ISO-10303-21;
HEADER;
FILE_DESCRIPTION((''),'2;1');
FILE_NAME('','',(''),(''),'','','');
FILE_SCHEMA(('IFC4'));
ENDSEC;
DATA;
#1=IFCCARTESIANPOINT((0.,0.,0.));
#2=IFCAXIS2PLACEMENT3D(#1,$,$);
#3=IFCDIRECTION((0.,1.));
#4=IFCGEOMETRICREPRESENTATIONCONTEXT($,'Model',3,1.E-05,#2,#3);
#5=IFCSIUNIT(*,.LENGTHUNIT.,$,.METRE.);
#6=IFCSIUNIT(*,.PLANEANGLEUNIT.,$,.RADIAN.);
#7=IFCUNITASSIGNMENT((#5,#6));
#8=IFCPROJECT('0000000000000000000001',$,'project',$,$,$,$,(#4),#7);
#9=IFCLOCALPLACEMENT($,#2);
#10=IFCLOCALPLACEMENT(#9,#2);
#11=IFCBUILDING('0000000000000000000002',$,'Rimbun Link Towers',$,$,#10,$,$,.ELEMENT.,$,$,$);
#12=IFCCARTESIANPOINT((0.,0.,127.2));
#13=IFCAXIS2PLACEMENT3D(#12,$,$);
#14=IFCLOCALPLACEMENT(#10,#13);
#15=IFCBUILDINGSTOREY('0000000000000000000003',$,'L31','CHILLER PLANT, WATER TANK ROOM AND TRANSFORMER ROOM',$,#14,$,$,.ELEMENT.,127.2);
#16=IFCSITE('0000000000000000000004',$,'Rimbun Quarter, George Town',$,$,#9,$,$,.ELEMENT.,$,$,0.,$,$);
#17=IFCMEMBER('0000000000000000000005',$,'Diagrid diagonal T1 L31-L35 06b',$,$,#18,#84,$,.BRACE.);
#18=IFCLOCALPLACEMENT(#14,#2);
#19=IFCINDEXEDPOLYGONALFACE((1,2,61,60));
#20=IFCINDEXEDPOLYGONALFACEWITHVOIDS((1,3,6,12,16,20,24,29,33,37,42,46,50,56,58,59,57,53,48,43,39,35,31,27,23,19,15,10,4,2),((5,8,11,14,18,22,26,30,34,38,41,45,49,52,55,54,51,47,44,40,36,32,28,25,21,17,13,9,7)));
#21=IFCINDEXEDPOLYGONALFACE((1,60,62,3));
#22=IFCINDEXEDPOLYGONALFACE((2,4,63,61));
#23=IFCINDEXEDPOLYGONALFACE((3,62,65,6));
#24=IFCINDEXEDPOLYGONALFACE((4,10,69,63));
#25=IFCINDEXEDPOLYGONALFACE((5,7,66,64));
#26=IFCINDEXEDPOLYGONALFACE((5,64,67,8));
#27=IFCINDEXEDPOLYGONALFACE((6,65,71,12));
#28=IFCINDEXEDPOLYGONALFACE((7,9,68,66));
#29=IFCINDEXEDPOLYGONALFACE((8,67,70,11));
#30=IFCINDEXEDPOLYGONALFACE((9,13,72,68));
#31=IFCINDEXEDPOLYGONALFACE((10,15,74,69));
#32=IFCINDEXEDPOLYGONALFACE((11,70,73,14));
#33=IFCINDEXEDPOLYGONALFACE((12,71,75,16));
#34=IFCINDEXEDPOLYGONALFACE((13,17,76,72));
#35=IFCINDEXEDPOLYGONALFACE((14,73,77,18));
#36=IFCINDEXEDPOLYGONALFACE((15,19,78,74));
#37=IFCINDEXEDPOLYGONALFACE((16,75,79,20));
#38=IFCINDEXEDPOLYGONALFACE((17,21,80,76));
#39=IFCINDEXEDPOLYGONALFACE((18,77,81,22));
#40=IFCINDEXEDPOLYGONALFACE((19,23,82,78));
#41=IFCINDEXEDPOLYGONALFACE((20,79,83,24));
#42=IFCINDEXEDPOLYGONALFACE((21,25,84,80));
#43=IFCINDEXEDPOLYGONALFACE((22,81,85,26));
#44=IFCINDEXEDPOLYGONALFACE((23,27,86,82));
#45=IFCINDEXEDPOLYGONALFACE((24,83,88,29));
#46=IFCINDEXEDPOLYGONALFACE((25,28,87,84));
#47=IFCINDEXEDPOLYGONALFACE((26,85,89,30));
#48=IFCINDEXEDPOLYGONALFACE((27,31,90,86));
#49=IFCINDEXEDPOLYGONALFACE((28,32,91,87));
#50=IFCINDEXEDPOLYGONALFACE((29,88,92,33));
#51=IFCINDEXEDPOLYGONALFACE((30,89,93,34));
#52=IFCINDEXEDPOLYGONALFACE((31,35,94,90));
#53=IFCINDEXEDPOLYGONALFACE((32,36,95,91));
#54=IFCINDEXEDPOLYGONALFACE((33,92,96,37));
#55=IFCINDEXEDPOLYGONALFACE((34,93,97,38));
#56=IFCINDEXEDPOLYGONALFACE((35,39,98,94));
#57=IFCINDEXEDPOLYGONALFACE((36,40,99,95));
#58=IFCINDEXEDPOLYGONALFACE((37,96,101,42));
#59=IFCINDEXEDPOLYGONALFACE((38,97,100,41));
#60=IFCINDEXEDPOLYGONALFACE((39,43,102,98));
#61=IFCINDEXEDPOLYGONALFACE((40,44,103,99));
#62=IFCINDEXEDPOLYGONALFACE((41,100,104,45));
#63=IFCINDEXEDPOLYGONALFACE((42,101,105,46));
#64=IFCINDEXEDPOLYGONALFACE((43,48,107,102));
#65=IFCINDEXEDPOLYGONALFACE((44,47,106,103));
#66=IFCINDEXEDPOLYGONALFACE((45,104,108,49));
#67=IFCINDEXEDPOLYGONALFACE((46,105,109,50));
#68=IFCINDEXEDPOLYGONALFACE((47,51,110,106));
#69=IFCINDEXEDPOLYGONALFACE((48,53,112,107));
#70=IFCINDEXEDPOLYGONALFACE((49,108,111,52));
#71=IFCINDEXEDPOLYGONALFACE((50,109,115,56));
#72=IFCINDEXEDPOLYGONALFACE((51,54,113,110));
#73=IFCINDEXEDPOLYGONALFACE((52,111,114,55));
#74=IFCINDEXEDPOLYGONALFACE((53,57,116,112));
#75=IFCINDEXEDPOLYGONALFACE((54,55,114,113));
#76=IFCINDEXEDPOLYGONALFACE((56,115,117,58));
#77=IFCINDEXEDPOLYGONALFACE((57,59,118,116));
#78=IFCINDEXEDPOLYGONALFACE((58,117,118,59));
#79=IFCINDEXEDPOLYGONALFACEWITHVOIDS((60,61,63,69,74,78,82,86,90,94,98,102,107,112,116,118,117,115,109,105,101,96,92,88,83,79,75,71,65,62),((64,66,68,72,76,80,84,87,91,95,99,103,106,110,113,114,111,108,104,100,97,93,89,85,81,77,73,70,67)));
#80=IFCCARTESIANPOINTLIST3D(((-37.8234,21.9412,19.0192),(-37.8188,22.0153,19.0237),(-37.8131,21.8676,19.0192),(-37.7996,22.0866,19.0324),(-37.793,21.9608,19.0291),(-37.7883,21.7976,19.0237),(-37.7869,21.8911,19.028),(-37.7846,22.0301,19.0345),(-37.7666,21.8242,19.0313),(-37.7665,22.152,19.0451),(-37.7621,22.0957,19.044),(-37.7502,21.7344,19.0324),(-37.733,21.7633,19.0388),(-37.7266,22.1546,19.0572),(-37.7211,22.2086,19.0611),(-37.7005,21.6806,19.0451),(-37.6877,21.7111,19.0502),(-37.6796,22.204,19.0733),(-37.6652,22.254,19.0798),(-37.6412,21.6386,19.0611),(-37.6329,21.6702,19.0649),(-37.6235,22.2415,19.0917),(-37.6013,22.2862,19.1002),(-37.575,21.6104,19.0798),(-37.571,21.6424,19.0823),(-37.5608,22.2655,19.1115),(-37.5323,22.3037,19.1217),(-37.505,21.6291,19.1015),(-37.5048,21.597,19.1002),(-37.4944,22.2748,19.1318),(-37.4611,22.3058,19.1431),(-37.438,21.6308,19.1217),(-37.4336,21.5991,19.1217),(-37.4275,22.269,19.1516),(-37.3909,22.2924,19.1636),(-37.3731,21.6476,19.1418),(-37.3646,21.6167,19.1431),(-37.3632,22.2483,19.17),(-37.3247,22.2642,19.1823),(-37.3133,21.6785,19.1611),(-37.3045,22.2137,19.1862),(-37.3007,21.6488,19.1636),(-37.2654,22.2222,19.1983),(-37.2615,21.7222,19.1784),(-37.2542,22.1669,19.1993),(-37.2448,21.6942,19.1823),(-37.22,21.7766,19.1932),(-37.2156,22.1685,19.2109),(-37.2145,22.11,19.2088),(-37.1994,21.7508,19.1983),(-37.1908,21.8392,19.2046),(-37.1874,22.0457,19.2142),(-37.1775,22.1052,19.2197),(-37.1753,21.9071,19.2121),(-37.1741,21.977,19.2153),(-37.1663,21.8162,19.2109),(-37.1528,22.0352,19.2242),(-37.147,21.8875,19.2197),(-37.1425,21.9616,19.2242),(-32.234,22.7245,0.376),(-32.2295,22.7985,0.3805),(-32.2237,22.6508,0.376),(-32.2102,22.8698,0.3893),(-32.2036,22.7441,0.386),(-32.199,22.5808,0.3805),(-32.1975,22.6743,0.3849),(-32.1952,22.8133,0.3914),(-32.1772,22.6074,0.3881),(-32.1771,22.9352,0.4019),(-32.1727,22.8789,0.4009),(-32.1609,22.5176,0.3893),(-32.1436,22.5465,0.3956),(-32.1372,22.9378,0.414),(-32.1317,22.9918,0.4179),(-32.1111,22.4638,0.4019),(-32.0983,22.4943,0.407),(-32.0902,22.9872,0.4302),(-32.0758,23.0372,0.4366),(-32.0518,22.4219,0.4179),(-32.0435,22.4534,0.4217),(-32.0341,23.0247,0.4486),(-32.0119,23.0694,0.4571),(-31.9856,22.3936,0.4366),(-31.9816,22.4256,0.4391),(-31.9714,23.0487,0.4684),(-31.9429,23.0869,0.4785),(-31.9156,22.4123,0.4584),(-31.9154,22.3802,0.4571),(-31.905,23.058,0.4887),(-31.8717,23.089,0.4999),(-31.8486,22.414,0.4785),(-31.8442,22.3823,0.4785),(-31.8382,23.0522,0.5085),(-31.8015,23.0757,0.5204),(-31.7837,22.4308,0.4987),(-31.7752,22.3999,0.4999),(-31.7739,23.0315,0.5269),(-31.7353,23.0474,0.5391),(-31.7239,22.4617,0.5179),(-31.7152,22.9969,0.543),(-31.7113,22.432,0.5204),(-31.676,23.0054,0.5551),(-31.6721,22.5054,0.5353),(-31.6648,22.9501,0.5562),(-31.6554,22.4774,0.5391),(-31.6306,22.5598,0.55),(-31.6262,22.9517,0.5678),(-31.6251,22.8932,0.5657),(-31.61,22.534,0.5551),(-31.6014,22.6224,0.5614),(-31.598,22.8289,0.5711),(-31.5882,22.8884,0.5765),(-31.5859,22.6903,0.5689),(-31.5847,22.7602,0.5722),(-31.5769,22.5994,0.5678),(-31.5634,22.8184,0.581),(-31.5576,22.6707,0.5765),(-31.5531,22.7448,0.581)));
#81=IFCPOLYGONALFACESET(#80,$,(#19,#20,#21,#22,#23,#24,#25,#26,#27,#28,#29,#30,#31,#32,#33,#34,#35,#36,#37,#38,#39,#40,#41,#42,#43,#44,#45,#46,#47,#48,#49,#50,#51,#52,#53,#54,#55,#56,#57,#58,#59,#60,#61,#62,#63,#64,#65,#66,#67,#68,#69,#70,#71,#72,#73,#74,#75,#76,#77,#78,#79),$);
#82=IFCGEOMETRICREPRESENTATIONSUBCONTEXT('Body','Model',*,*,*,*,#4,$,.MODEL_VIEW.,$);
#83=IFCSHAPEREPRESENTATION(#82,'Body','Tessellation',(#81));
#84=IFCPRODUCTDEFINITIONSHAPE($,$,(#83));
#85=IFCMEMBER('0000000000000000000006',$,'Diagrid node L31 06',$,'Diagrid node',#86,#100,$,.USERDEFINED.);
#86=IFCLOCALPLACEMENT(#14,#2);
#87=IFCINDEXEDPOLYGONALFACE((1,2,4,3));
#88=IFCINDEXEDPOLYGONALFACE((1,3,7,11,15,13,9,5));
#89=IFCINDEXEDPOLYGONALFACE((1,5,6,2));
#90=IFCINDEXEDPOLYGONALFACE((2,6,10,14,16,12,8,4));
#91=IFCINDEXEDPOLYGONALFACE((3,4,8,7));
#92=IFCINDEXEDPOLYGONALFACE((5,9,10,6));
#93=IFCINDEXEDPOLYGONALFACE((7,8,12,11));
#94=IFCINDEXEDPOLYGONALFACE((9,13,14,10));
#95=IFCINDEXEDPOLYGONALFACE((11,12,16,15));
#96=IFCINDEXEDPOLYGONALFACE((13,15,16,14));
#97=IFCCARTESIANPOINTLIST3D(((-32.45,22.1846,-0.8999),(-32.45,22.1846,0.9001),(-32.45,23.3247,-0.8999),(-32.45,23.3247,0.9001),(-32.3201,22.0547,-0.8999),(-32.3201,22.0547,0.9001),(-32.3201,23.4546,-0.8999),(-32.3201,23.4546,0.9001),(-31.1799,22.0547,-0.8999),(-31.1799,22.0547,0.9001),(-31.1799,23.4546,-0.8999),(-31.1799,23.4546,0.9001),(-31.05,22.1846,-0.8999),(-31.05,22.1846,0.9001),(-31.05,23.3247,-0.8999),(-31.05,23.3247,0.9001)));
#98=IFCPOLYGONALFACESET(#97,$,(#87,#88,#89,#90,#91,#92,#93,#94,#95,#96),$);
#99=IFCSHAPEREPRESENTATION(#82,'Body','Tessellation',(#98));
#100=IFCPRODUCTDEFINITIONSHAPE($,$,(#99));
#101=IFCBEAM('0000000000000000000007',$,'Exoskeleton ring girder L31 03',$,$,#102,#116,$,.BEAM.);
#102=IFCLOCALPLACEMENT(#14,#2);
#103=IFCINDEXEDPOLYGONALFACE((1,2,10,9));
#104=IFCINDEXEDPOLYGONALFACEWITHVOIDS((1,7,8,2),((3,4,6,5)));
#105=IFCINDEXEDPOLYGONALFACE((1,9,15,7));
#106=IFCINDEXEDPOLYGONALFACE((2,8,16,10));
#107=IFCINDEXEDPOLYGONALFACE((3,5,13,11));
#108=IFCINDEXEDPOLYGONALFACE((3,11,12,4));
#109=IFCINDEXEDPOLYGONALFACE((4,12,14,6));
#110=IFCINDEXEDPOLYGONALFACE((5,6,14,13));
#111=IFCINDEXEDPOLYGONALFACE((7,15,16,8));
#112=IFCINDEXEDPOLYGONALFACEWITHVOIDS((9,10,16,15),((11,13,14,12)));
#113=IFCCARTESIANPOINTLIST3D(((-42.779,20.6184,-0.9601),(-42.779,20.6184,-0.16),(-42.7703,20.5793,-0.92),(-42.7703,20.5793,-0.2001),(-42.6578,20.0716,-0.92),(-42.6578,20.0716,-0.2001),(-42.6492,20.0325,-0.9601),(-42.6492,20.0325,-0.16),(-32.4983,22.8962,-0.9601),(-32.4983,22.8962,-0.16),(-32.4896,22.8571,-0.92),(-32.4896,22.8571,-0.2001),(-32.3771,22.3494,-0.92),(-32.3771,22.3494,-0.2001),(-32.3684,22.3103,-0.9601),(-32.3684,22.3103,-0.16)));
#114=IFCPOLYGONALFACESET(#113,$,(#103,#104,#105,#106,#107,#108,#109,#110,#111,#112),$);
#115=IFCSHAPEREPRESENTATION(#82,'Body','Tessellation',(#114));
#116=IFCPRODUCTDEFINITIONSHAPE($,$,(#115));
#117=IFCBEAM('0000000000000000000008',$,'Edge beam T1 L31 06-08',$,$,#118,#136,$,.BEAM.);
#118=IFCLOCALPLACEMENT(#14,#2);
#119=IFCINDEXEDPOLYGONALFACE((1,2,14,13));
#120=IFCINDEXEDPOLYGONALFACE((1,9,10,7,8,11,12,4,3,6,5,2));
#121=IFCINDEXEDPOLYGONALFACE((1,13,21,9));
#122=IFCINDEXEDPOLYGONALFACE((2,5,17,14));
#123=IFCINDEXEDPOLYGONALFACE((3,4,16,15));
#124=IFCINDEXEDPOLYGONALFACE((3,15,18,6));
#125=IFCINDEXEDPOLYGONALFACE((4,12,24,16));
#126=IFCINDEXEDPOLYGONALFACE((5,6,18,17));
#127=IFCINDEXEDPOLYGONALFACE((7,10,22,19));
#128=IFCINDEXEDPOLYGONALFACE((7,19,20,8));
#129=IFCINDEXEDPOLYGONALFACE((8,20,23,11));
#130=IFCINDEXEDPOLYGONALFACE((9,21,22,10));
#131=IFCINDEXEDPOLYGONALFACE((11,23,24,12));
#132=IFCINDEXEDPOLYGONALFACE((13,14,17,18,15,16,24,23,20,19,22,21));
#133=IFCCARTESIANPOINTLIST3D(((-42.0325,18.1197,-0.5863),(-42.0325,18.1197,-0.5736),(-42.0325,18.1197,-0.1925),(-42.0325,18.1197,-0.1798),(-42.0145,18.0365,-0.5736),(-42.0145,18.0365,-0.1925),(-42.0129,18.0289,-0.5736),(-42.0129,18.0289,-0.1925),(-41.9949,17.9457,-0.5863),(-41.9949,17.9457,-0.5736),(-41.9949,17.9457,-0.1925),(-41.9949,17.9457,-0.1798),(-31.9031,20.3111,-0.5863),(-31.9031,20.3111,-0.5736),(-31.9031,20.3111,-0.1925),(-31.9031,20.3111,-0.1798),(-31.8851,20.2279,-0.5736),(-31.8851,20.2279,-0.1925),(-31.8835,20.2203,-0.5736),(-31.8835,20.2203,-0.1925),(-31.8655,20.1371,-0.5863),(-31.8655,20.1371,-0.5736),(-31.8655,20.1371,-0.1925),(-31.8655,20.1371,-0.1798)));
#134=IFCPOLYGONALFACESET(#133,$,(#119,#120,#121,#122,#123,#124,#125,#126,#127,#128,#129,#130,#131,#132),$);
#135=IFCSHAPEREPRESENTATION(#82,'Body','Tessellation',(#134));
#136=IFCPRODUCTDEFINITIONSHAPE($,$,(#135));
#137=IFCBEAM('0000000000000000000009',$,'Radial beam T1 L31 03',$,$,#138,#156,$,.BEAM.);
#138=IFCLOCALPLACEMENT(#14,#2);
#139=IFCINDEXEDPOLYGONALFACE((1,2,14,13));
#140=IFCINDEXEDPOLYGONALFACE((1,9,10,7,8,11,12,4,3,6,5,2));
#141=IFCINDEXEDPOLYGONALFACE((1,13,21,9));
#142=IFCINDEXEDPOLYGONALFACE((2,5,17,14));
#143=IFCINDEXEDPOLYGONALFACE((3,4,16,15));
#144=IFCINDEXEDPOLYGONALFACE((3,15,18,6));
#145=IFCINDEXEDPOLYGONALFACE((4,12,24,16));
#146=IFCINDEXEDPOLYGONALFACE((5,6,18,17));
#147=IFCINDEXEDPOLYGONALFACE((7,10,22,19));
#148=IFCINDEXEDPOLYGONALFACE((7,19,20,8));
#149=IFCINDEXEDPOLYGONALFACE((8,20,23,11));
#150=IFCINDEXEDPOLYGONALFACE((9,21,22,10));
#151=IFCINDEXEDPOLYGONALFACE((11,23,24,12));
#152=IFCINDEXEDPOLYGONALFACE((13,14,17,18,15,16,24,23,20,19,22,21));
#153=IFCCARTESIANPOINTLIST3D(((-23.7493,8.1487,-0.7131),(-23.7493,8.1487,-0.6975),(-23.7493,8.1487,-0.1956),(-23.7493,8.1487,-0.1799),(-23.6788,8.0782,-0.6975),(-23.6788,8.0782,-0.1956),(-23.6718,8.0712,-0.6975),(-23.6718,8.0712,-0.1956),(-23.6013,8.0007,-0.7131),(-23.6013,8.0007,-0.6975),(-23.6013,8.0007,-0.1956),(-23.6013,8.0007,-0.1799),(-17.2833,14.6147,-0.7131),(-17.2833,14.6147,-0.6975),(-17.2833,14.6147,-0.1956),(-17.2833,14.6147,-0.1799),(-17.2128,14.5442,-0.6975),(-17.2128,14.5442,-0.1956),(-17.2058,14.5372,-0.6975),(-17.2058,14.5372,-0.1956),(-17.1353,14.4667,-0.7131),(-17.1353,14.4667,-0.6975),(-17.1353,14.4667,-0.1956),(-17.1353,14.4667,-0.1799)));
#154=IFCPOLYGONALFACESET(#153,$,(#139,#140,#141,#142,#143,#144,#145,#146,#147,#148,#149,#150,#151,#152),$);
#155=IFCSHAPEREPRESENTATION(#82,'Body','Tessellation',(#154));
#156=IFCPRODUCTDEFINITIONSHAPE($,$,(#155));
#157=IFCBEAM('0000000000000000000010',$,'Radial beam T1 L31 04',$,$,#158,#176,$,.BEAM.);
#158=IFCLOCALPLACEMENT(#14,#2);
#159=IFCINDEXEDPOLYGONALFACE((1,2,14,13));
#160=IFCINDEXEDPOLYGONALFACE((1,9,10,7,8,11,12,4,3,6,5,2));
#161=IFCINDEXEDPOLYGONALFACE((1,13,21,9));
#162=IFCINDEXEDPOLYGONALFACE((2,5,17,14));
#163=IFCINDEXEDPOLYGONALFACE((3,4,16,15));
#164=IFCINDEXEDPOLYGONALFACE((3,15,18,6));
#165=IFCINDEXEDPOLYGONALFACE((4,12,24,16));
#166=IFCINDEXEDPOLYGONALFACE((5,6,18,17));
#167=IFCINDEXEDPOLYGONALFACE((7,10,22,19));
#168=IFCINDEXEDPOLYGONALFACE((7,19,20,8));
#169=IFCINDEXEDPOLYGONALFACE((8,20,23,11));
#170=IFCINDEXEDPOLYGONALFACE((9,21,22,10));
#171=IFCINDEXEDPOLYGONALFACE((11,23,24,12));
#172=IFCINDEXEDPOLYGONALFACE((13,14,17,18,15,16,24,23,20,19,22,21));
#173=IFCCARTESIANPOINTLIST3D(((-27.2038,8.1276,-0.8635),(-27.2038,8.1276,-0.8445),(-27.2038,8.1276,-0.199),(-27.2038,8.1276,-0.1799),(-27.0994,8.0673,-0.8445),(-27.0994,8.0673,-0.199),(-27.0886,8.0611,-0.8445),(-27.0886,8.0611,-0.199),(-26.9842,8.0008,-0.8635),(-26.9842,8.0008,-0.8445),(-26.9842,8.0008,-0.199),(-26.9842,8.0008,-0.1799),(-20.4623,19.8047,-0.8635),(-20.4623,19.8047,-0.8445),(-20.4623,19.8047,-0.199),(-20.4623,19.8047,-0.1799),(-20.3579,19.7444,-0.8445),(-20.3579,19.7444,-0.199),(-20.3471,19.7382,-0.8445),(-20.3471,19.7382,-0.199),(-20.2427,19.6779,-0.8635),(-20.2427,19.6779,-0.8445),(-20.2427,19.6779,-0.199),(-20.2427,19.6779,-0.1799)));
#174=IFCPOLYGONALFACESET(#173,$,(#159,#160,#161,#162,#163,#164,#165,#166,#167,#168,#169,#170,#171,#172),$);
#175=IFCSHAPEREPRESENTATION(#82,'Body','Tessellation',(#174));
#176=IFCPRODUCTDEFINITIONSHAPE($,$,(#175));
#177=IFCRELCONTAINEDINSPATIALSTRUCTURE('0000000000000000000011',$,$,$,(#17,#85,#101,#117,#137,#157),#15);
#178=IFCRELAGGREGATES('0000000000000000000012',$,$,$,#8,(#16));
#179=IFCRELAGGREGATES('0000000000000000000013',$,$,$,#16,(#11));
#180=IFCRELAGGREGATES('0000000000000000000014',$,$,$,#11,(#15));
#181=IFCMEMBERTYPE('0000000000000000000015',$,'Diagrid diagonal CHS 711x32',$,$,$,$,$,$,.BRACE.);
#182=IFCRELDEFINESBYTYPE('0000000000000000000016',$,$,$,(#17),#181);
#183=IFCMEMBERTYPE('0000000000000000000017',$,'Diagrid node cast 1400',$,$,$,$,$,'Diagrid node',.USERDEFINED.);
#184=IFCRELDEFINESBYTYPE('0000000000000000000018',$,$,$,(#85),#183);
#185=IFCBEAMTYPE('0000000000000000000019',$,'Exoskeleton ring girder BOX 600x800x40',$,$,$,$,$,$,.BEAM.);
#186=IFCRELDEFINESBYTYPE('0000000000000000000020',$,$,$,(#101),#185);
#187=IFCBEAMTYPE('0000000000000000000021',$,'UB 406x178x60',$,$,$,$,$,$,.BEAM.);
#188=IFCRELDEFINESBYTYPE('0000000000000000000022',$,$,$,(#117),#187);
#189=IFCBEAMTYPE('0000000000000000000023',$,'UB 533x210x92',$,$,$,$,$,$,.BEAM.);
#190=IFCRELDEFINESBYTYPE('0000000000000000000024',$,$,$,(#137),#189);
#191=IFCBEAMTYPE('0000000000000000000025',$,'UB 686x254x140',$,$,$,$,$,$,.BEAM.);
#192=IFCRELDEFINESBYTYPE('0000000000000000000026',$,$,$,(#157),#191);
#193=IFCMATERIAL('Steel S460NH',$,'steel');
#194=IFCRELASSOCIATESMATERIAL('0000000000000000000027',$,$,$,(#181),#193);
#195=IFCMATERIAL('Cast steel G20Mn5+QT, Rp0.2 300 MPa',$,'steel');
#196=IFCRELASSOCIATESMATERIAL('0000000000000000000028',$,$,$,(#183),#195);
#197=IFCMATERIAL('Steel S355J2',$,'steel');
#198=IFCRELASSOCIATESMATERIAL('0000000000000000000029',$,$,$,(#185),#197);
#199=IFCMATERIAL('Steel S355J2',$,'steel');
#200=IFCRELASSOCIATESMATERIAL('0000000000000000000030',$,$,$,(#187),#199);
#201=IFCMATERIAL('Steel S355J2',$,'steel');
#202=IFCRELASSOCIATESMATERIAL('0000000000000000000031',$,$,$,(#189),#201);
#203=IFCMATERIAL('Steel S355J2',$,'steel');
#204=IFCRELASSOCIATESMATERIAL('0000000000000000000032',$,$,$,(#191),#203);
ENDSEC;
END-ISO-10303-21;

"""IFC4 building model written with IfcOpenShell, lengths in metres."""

from ifc_helpers import new_model, si_unit, direction, frame, origin, origin_2d, place, context, subcontext, project, spatial, polyline, hollow_rectangle, hollow_circle, i_section, outline, extrude, material, material_profile, profile_set, type_object, element, save


model = new_model("IFC4")

# Units and contexts
model_context = context("Model", 3, precision=1e-05, world=origin(), true_north=direction((0.0, 1.0)))
body_context = subcontext(model_context, "Body", "Model", "MODEL_VIEW")
ifc_project = project(units=[si_unit("LENGTHUNIT", "METRE"), si_unit("PLANEANGLEUNIT", "RADIAN")], contexts=[model_context])

# Site, building, storey
site_placement = place(None, origin())
site = spatial("IfcSite", under=ifc_project, at=site_placement, Name="Rimbun Quarter, George Town", CompositionType="ELEMENT", RefElevation=0.0)
building_placement = place(site_placement, origin())
building = spatial("IfcBuilding", under=site, at=building_placement, Name="Rimbun Link Towers", CompositionType="ELEMENT")
storey_placement = place(building_placement, frame((0.0, 0.0, 127.2)))
storey = spatial("IfcBuildingStorey", under=building, at=storey_placement, Name="L31", Description="CHILLER PLANT, WATER TANK ROOM AND TRANSFORMER ROOM", CompositionType="ELEMENT", Elevation=127.2)

# Members
ifc_material_1 = material(Name="Steel S460NH", Category="steel")
ifc_material_profile_1 = material_profile(ifc_material_1, hollow_circle(Radius=0.3557, WallThickness=0.032, at=origin_2d()), Name="Diagrid diagonal CHS 711x32")
ifc_profile_set_1 = profile_set([ifc_material_profile_1], Name="Steel S460NH")
member_type_1 = type_object("IfcMemberType", Name="Diagrid diagonal CHS 711x32", PredefinedType="BRACE", material=ifc_profile_set_1)
for number, where, z_axis, x_axis, name in (
    (1, (-31.8936, 22.7346, 0.4785), (-0.286948, -0.040208, 0.957102), (0.138768, -0.990325, 0.0), "Diagrid diagonal T1 L31-L35 06b"),
):
    element("IfcMember", number, at=place(storey_placement, frame(where, z_axis=z_axis, x_axis=x_axis)), inside=storey, type_object=member_type_1, Name=name, PredefinedType="BRACE", context=body_context, shape_type="SweptSolid", body=[
        extrude(hollow_circle(Radius=0.3557, WallThickness=0.032, at=origin_2d()), origin(), (0.0, 0.0, 1.0), 19.4788),
    ])
ifc_material_2 = material(Name="Cast steel G20Mn5+QT, Rp0.2 300 MPa", Category="steel")
ifc_material_profile_2 = material_profile(ifc_material_2, outline(polyline([(0.7, -0.5701), (0.7, 0.5701), (0.5701, 0.7), (-0.5701, 0.7), (-0.7, 0.5701), (-0.7, -0.5701), (-0.5701, -0.7), (0.5701, -0.7), (0.7, -0.5701)])), Name="NODE 1400x1400")
ifc_profile_set_2 = profile_set([ifc_material_profile_2], Name="Cast steel G20Mn5+QT, Rp0.2 300 MPa")
member_type_2 = type_object("IfcMemberType", Name="Diagrid node cast 1400", ElementType="Diagrid node", PredefinedType="USERDEFINED", material=ifc_profile_set_2)
member_1_placement = place(storey_placement, frame((-31.75, 22.7546, -0.8999), z_axis=(0.0, 0.0, 1.0), x_axis=(0.0, 1.0, 0.0)))
element("IfcMember", 2, at=member_1_placement, inside=storey, type_object=member_type_2, Name="Diagrid node L31 06", ObjectType="Diagrid node", PredefinedType="USERDEFINED", context=body_context, shape_type="SweptSolid", body=[
    extrude(outline(polyline([(0.7, -0.5701), (0.7, 0.5701), (0.5701, 0.7), (-0.5701, 0.7), (-0.7, 0.5701), (-0.7, -0.5701), (-0.5701, -0.7), (0.5701, -0.7), (0.7, -0.5701)])), origin(), (0.0, 0.0, 1.0), 1.8),
])

# Beams
ifc_material_3 = material(Name="Steel S355J2", Category="steel")
ifc_material_profile_3 = material_profile(ifc_material_3, hollow_rectangle(XDim=0.6001, YDim=0.8, WallThickness=0.04, at=origin_2d()), Name="Exoskeleton ring girder BOX 600x800x40")
ifc_profile_set_3 = profile_set([ifc_material_profile_3], Name="Steel S355J2")
beam_type_1 = type_object("IfcBeamType", Name="Exoskeleton ring girder BOX 600x800x40", PredefinedType="BEAM", material=ifc_profile_set_3)
beam_1_placement = place(storey_placement, frame((-32.4333, 22.6033, -0.5601), z_axis=(-0.976323, -0.216317, 0.0), x_axis=(0.216317, -0.976323, 0.0)))
element("IfcBeam", 3, at=beam_1_placement, inside=storey, type_object=beam_type_1, Name="Exoskeleton ring girder L31 03", PredefinedType="BEAM", context=body_context, shape_type="SweptSolid", body=[
    extrude(hollow_rectangle(XDim=0.6001, YDim=0.8, WallThickness=0.04, at=origin_2d()), origin(), (0.0, 0.0, 1.0), 10.53),
])
ifc_material_4 = material(Name="Steel S355J2", Category="steel")
ifc_material_profile_4 = material_profile(ifc_material_4, i_section(OverallWidth=0.178, OverallDepth=0.4065, WebThickness=0.0078, FlangeThickness=0.0127, at=origin_2d()), Name="UB 406x178x60")
ifc_profile_set_4 = profile_set([ifc_material_profile_4], Name="Steel S355J2")
beam_type_2 = type_object("IfcBeamType", Name="UB 406x178x60", PredefinedType="BEAM", material=ifc_profile_set_4)
beam_2_placement = place(storey_placement, frame((-31.8843, 20.2241, -0.3831), z_axis=(-0.977389, -0.21145, 0.0), x_axis=(0.21145, -0.977389, 0.0)))
element("IfcBeam", 4, at=beam_2_placement, inside=storey, type_object=beam_type_2, Name="Edge beam T1 L31 06-08", PredefinedType="BEAM", context=body_context, shape_type="SweptSolid", body=[
    extrude(i_section(OverallWidth=0.178, OverallDepth=0.4065, WebThickness=0.0078, FlangeThickness=0.0127, at=origin_2d()), origin(), (0.0, 0.0, 1.0), 10.3638),
])
ifc_material_5 = material(Name="Steel S355J2", Category="steel")
ifc_material_profile_5 = material_profile(ifc_material_5, i_section(OverallWidth=0.2092, OverallDepth=0.5332, WebThickness=0.01, FlangeThickness=0.0156, at=origin_2d()), Name="UB 533x210x92")
ifc_profile_set_5 = profile_set([ifc_material_profile_5], Name="Steel S355J2")
beam_type_3 = type_object("IfcBeamType", Name="UB 533x210x92", PredefinedType="BEAM", material=ifc_profile_set_5)
beam_3_placement = place(storey_placement, frame((-23.6753, 8.0747, -0.4465), z_axis=(0.707107, 0.707107, 0.0), x_axis=(-0.707107, 0.707107, 0.0)))
element("IfcBeam", 5, at=beam_3_placement, inside=storey, type_object=beam_type_3, Name="Radial beam T1 L31 03", PredefinedType="BEAM", context=body_context, shape_type="SweptSolid", body=[
    extrude(i_section(OverallWidth=0.2092, OverallDepth=0.5332, WebThickness=0.01, FlangeThickness=0.0156, at=origin_2d()), origin(), (0.0, 0.0, 1.0), 9.1443),
])
ifc_material_6 = material(Name="Steel S355J2", Category="steel")
ifc_material_profile_6 = material_profile(ifc_material_6, i_section(OverallWidth=0.2537, OverallDepth=0.6836, WebThickness=0.0125, FlangeThickness=0.019, at=origin_2d()), Name="UB 686x254x140")
ifc_profile_set_6 = profile_set([ifc_material_profile_6], Name="Steel S355J2")
beam_type_4 = type_object("IfcBeamType", Name="UB 686x254x140", PredefinedType="BEAM", material=ifc_profile_set_6)
beam_4_placement = place(storey_placement, frame((-27.094, 8.0642, -0.5217), z_axis=(0.499985, 0.866034, 0.0), x_axis=(-0.866034, 0.499985, 0.0)))
element("IfcBeam", 6, at=beam_4_placement, inside=storey, type_object=beam_type_4, Name="Radial beam T1 L31 04", PredefinedType="BEAM", context=body_context, shape_type="SweptSolid", body=[
    extrude(i_section(OverallWidth=0.2537, OverallDepth=0.6836, WebThickness=0.0125, FlangeThickness=0.019, at=origin_2d()), origin(), (0.0, 0.0, 1.0), 13.4834),
])

save(model, "model.ifc")
